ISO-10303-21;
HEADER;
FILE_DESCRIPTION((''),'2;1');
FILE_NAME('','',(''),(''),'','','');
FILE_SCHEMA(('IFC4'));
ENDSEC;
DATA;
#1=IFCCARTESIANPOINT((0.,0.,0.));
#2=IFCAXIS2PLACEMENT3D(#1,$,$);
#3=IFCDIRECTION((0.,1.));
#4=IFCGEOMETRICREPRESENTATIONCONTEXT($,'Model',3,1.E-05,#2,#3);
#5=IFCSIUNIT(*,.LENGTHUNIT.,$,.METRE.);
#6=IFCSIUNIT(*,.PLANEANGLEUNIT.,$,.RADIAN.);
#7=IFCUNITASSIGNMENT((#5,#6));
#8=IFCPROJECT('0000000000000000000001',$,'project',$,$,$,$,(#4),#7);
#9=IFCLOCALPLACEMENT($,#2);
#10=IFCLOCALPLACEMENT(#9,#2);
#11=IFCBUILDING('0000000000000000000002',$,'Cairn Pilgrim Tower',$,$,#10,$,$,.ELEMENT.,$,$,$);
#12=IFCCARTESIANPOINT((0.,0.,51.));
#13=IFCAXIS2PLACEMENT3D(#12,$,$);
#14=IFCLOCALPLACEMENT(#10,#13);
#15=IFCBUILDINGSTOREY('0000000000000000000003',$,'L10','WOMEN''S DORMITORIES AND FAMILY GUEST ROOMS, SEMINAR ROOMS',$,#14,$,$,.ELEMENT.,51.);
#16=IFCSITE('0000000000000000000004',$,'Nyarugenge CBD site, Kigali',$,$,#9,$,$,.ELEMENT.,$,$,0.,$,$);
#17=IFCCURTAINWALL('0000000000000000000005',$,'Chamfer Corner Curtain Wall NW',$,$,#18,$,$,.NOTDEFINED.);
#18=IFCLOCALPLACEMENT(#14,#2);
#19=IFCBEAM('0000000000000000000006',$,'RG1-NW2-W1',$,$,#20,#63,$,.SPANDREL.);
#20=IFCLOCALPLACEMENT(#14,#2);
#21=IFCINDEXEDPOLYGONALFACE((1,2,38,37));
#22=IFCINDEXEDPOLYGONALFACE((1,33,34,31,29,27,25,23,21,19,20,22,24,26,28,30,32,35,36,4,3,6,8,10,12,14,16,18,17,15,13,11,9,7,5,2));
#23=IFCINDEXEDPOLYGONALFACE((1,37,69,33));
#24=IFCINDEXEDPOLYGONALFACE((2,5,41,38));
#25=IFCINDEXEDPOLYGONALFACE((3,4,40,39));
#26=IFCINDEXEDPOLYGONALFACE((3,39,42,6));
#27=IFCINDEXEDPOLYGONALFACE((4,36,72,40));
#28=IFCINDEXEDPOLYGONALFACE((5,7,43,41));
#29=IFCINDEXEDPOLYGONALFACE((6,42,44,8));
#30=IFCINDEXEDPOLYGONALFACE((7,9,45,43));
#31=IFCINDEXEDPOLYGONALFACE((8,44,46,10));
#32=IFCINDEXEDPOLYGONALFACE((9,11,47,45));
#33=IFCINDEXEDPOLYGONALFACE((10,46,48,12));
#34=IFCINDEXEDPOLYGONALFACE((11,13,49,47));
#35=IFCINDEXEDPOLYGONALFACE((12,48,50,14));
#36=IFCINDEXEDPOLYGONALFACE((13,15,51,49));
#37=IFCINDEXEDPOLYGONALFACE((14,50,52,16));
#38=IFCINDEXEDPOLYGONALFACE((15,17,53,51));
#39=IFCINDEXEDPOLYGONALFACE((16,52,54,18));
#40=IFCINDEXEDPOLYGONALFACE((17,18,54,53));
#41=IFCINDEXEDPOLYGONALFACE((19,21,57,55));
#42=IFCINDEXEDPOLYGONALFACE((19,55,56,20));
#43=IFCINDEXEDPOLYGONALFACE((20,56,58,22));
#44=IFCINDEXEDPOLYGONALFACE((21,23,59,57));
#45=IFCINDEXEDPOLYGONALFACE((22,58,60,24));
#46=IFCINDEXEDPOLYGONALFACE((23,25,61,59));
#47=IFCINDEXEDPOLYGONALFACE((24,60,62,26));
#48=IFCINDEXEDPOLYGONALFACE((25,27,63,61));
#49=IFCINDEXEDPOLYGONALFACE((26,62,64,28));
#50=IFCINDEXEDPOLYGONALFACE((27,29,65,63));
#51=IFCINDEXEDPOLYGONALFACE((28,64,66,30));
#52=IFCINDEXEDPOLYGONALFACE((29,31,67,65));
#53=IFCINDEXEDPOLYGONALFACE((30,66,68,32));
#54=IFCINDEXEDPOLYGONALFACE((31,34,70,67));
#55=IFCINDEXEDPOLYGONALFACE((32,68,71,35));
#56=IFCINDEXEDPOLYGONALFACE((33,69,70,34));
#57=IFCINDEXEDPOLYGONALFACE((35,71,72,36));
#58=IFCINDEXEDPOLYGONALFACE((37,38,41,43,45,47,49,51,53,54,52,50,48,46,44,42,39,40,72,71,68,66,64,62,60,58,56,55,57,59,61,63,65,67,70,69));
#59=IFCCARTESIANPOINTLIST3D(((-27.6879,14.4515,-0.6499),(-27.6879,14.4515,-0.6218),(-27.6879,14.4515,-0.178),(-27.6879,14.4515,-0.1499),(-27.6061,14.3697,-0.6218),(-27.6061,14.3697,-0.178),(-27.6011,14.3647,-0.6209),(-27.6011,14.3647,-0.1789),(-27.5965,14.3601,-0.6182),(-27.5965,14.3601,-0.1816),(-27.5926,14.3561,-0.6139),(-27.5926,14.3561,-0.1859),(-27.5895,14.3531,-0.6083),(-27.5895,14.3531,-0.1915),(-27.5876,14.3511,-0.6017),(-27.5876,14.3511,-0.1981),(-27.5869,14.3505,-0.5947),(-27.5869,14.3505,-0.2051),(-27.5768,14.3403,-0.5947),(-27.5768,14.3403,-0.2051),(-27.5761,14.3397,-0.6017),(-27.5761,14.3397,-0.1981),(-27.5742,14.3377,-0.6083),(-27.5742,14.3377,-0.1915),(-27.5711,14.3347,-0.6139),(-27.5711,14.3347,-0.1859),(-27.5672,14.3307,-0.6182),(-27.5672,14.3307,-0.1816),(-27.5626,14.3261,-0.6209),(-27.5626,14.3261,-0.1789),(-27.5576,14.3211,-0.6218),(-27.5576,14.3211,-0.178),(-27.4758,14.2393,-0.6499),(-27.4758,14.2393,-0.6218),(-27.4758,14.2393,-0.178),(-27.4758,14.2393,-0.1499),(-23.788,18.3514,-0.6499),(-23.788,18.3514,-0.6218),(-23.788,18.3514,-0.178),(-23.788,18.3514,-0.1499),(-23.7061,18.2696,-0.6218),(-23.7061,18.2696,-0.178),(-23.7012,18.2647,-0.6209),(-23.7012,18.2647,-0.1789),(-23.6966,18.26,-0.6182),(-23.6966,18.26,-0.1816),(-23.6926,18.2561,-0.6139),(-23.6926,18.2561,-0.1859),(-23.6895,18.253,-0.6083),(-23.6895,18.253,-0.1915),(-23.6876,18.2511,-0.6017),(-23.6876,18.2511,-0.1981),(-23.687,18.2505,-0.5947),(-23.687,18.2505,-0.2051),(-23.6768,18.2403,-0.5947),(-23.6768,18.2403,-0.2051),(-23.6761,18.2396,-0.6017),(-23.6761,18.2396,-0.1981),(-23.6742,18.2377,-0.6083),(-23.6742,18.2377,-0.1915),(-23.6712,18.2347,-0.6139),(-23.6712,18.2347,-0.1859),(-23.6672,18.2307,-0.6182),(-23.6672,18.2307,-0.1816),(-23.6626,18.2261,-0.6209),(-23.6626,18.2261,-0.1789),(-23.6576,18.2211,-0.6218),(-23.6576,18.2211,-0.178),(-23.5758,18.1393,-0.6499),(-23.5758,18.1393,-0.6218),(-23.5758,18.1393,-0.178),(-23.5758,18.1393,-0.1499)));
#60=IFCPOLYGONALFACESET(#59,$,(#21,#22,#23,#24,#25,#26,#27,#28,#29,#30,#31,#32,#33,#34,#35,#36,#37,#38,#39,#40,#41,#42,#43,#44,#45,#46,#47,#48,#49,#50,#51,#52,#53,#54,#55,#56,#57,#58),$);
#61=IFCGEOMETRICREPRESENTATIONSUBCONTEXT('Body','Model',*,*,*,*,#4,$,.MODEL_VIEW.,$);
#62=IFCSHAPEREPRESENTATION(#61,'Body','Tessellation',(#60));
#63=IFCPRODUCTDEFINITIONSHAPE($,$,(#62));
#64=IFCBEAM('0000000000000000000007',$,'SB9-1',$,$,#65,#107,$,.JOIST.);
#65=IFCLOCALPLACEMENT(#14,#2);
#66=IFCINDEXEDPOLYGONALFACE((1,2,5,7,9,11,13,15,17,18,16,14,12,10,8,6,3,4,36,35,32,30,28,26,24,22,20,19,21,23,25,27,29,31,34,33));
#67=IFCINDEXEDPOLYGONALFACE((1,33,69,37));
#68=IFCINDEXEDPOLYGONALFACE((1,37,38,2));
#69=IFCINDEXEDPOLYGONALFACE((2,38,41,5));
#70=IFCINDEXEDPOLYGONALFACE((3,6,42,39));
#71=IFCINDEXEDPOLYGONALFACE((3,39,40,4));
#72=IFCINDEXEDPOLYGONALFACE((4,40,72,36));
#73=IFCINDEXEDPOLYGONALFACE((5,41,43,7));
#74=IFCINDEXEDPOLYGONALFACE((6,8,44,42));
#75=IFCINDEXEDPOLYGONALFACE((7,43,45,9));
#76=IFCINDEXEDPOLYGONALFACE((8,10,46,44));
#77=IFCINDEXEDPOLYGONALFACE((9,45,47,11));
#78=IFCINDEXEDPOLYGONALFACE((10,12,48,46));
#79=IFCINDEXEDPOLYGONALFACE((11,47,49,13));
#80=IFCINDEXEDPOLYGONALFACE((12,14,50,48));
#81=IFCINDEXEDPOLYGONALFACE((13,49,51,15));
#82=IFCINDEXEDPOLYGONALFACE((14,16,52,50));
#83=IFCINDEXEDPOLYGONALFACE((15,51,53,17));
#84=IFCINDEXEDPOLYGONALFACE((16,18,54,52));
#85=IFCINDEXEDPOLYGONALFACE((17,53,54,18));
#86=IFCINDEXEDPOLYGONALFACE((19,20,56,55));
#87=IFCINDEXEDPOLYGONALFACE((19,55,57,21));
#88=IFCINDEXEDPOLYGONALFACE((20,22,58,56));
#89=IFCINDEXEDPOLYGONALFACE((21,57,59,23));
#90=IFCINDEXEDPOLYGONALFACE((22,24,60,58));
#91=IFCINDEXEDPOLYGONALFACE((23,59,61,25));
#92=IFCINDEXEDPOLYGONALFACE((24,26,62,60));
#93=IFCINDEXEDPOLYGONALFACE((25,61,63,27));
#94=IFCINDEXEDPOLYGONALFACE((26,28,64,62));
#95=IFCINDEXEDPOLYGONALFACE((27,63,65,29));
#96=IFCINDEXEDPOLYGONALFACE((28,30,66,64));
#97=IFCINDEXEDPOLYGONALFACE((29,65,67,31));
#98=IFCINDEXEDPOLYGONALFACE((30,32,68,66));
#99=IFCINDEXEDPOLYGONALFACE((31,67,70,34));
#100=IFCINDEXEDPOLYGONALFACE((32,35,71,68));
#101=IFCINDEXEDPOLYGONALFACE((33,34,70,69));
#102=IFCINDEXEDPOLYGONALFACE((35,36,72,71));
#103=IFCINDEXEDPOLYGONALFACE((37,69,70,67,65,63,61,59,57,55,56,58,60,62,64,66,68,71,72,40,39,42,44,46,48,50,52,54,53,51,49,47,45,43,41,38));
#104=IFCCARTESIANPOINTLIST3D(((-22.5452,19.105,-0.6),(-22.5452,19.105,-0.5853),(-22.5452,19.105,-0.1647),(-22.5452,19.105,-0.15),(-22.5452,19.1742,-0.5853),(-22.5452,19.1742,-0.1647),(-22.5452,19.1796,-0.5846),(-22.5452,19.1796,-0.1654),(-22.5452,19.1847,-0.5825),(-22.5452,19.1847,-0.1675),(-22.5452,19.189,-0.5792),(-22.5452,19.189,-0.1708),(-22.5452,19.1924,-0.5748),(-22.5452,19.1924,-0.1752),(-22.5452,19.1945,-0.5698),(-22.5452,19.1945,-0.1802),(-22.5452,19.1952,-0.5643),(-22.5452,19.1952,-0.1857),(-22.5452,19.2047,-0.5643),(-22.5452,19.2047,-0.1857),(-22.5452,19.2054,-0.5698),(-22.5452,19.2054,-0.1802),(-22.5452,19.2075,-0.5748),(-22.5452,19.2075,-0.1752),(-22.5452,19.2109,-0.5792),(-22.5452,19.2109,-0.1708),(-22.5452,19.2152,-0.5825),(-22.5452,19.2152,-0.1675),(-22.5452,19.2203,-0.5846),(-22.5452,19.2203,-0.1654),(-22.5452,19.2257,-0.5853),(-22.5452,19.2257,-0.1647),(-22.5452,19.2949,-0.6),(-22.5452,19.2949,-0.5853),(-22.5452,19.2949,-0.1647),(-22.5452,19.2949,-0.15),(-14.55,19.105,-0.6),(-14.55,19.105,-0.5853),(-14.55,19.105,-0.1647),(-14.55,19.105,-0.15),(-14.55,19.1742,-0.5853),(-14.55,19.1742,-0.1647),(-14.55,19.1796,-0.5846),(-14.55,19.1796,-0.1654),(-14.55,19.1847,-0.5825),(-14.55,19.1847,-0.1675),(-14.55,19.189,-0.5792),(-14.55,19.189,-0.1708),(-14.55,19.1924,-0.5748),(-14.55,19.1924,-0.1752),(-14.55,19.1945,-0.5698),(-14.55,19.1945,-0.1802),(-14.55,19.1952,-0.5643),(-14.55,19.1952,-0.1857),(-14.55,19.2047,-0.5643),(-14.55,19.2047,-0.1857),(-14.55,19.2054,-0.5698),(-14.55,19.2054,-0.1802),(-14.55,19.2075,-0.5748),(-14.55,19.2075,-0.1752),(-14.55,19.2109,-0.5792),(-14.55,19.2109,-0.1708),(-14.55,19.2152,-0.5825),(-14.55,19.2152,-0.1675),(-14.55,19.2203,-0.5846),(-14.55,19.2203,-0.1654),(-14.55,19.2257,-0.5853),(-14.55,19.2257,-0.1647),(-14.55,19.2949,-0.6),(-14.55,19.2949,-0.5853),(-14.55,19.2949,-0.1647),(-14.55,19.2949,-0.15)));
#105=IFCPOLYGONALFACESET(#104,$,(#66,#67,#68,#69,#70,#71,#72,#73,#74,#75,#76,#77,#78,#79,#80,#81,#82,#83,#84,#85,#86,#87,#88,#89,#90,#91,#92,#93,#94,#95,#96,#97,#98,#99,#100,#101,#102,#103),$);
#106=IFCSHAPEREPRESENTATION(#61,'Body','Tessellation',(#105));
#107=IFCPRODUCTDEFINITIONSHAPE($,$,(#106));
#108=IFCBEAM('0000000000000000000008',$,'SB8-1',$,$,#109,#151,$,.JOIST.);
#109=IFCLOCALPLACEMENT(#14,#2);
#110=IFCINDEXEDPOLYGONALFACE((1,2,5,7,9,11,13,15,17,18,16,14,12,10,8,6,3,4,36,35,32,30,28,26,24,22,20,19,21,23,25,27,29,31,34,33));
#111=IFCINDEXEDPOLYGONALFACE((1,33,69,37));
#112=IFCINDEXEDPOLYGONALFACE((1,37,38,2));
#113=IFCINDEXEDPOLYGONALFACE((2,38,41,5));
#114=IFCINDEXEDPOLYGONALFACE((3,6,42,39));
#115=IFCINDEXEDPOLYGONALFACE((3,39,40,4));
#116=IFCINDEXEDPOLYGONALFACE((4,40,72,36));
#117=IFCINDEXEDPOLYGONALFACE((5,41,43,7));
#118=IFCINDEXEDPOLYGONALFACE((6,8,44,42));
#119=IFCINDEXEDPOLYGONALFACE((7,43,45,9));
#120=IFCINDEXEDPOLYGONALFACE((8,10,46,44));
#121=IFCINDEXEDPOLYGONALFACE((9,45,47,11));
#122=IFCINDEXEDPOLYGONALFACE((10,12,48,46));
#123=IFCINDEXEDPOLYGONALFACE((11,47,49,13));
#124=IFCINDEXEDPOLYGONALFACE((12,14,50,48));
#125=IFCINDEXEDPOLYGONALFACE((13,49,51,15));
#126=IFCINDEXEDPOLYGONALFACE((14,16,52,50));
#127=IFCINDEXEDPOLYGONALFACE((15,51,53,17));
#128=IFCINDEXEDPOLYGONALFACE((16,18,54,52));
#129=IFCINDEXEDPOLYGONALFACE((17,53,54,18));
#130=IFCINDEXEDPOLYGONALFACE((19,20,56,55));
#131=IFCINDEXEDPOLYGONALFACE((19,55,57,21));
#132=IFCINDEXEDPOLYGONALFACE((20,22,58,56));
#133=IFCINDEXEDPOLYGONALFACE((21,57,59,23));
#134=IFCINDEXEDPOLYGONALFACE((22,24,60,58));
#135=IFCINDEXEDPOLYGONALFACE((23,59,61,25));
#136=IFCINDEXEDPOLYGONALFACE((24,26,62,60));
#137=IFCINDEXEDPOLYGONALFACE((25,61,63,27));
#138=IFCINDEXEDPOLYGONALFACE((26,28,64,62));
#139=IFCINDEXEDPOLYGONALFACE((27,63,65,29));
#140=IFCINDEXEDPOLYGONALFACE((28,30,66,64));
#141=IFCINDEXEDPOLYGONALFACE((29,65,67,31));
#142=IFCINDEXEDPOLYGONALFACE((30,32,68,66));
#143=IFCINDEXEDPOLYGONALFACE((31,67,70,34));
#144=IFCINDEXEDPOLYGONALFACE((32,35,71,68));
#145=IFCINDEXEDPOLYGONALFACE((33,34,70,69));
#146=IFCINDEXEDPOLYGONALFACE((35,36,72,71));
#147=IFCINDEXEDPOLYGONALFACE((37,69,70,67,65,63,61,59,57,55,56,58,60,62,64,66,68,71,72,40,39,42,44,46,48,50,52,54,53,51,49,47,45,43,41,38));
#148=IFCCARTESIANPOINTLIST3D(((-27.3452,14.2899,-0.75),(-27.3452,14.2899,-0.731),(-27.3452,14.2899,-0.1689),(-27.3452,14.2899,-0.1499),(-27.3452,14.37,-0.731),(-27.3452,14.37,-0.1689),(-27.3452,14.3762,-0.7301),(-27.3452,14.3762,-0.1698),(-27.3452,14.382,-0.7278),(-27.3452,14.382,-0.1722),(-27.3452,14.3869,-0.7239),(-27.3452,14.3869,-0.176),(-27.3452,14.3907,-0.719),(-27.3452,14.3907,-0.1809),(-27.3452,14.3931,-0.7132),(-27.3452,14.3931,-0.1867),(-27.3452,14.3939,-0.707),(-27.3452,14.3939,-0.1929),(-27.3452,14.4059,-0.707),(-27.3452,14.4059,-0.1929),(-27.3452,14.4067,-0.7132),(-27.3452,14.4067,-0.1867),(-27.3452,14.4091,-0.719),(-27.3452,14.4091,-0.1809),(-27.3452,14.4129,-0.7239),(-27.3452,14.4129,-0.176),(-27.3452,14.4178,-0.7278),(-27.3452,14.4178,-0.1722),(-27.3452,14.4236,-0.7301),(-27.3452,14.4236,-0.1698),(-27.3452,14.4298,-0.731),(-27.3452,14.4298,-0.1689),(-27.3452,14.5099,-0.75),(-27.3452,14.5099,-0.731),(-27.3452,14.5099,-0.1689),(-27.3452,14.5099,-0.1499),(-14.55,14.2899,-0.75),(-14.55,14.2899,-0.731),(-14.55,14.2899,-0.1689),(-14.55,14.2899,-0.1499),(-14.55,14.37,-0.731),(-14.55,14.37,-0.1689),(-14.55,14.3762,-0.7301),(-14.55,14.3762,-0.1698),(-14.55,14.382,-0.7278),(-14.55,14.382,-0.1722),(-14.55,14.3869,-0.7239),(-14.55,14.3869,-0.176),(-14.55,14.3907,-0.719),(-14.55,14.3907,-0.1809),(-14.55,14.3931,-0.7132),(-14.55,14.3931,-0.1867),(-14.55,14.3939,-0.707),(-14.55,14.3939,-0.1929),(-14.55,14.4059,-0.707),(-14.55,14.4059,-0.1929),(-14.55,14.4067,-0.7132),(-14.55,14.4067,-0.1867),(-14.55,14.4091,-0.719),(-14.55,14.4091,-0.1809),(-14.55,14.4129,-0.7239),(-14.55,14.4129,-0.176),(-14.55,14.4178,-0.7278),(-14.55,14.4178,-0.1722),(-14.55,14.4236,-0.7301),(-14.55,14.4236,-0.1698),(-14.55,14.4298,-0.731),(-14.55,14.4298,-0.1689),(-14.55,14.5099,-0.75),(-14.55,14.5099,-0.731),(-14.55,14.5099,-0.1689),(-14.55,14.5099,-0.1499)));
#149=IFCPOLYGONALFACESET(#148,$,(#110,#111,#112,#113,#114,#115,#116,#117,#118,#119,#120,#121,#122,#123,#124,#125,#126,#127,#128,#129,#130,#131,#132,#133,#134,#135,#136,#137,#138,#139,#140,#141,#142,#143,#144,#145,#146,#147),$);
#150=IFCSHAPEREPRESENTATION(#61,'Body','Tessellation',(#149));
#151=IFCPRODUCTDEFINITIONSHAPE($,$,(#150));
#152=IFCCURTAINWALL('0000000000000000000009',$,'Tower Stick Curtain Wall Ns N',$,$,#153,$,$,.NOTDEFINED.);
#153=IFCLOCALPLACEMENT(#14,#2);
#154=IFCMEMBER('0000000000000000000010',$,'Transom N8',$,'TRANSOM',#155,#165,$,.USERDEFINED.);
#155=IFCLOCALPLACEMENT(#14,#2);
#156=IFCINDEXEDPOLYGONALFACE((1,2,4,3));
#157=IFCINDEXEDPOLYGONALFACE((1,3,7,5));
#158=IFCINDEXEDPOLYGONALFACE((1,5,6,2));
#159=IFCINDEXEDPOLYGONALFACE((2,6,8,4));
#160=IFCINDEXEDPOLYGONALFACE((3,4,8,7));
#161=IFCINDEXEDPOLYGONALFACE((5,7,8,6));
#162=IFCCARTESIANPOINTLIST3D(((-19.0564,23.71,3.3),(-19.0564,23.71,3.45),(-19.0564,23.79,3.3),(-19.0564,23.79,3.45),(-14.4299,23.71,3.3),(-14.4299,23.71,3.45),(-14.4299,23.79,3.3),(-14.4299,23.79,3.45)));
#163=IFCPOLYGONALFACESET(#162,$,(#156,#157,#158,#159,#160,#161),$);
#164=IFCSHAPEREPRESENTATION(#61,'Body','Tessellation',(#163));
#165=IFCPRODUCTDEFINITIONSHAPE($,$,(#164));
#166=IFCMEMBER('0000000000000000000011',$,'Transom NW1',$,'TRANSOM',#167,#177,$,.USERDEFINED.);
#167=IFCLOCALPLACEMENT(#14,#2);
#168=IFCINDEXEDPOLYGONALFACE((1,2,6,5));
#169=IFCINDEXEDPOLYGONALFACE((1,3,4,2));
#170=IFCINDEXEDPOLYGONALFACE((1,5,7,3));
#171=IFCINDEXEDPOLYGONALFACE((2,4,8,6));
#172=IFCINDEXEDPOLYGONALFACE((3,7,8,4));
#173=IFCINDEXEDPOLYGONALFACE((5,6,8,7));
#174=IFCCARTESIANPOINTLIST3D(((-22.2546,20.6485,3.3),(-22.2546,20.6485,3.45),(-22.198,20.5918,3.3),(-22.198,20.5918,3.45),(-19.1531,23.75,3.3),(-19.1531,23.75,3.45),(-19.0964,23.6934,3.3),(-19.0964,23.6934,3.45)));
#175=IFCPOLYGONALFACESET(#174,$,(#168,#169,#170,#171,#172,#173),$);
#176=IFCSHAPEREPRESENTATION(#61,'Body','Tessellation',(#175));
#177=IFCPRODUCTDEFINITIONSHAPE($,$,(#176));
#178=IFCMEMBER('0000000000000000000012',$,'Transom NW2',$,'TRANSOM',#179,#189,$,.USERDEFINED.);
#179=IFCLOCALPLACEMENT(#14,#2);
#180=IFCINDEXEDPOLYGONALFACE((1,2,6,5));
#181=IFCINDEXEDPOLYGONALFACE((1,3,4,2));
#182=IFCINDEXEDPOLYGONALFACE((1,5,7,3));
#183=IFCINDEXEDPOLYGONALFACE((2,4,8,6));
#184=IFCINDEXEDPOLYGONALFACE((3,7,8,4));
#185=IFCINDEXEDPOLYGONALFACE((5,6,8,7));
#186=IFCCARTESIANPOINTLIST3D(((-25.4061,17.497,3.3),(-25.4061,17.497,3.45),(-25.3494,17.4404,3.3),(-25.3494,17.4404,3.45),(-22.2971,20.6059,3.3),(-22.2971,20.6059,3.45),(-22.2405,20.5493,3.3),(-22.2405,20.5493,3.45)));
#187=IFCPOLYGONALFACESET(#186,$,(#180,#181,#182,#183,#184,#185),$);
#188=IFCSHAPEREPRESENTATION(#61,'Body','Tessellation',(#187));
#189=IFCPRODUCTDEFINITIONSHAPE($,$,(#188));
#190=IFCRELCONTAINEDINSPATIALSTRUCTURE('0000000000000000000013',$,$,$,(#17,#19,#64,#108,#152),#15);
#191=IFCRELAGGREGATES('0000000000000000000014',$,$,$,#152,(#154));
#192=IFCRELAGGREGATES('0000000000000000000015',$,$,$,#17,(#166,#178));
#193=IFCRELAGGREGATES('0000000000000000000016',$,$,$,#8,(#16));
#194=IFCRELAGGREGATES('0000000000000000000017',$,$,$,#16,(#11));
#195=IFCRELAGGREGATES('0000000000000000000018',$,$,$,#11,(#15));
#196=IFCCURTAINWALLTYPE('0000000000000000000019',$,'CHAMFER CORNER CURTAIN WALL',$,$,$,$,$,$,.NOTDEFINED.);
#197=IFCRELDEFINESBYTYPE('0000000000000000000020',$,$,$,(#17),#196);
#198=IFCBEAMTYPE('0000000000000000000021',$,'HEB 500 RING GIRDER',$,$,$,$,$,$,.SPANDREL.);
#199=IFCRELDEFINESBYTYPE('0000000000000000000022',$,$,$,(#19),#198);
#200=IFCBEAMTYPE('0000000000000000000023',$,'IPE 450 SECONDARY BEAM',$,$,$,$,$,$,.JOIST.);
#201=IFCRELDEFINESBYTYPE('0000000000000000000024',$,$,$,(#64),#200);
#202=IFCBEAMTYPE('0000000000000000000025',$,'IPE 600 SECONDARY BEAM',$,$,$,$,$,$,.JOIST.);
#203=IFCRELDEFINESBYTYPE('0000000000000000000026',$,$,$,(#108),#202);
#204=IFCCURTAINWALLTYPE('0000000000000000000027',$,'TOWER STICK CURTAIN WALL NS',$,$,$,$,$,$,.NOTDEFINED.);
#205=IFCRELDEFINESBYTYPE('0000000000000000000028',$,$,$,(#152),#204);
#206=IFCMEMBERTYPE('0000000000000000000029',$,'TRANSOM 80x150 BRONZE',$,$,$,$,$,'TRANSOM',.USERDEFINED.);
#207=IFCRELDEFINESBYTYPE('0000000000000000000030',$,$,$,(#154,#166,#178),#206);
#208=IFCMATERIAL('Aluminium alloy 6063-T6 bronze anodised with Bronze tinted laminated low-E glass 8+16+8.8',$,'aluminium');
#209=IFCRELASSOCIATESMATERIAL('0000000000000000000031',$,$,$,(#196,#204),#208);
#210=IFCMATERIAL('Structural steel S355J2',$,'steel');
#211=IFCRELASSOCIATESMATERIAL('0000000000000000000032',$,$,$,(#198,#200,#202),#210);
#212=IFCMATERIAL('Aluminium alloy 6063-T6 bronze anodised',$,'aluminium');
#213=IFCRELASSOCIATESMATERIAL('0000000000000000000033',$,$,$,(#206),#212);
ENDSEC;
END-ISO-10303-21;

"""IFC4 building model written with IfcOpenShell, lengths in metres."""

from ifc_helpers import new_model, si_unit, direction, frame, origin, origin_2d, place, context, subcontext, project, spatial, rectangle, i_section, extrude, material, material_profile, profile_set, type_object, element, aggregate, save


model = new_model("IFC4")

# Units and contexts
model_context = context("Model", 3, precision=1e-05, world=origin(), true_north=direction((0.0, 1.0)))
body_context = subcontext(model_context, "Body", "Model", "MODEL_VIEW")
ifc_project = project(units=[si_unit("LENGTHUNIT", "METRE"), si_unit("PLANEANGLEUNIT", "RADIAN")], contexts=[model_context])

# Site, building, storey
site_placement = place(None, origin())
site = spatial("IfcSite", under=ifc_project, at=site_placement, Name="Nyarugenge CBD site, Kigali", CompositionType="ELEMENT", RefElevation=0.0)
building_placement = place(site_placement, origin())
building = spatial("IfcBuilding", under=site, at=building_placement, Name="Cairn Pilgrim Tower", CompositionType="ELEMENT")
storey_placement = place(building_placement, frame((0.0, 0.0, 51.0)))
storey = spatial("IfcBuildingStorey", under=building, at=storey_placement, Name="L10", Description="WOMEN'S DORMITORIES AND FAMILY GUEST ROOMS, SEMINAR ROOMS", CompositionType="ELEMENT", Elevation=51.0)

# Shared definitions
ifc_material_1 = material(Name="Structural steel S355J2", Category="steel")

# Curtain wall
ifc_material_2 = material(Name="Aluminium alloy 6063-T6 bronze anodised with Bronze tinted laminated low-E glass 8+16+8.8", Category="aluminium")
curtain_wall_type_1 = type_object("IfcCurtainWallType", Name="CHAMFER CORNER CURTAIN WALL", PredefinedType="NOTDEFINED", material=ifc_material_2)
curtain_wall_1_placement = place(storey_placement, origin())
curtain_wall_1 = element("IfcCurtainWall", 1, at=curtain_wall_1_placement, inside=storey, type_object=curtain_wall_type_1, Name="Chamfer Corner Curtain Wall NW", PredefinedType="NOTDEFINED")
ifc_material_3 = material(Name="Aluminium alloy 6063-T6 bronze anodised", Category="aluminium")

# Beams
ifc_material_profile_1 = material_profile(ifc_material_1, i_section(OverallWidth=0.3, OverallDepth=0.5, WebThickness=0.0144, FlangeThickness=0.0281, FilletRadius=0.0271, at=origin_2d()), Name="HEB 500")
ifc_profile_set_1 = profile_set([ifc_material_profile_1], Name="Structural steel S355J2")
beam_type_1 = type_object("IfcBeamType", Name="HEB 500 RING GIRDER", PredefinedType="SPANDREL", material=ifc_profile_set_1)
beam_1_placement = place(storey_placement, frame((-23.6819, 18.2454, -0.3999), z_axis=(-0.707107, -0.707107, 0.0), x_axis=(0.707107, -0.707107, 0.0)))
element("IfcBeam", 2, at=beam_1_placement, inside=storey, type_object=beam_type_1, Name="RG1-NW2-W1", PredefinedType="SPANDREL", context=body_context, shape_type="SweptSolid", body=[
    extrude(i_section(OverallWidth=0.3, OverallDepth=0.5, WebThickness=0.0144, FlangeThickness=0.0281, FilletRadius=0.0271, at=origin_2d()), origin(), (0.0, 0.0, 1.0), 5.5154),
])
ifc_material_profile_2 = material_profile(ifc_material_1, i_section(OverallWidth=0.1899, OverallDepth=0.45, WebThickness=0.0095, FlangeThickness=0.0146, FilletRadius=0.021, at=origin_2d()), Name="IPE 450")
ifc_profile_set_2 = profile_set([ifc_material_profile_2], Name="Structural steel S355J2")
beam_type_2 = type_object("IfcBeamType", Name="IPE 450 SECONDARY BEAM", PredefinedType="JOIST", material=ifc_profile_set_2)
beam_2_placement = place(storey_placement, frame((-22.5452, 19.2, -0.375), z_axis=(1.0, 0.0, 0.0), x_axis=(0.0, 1.0, 0.0)))
element("IfcBeam", 3, at=beam_2_placement, inside=storey, type_object=beam_type_2, Name="SB9-1", PredefinedType="JOIST", context=body_context, shape_type="SweptSolid", body=[
    extrude(i_section(OverallWidth=0.1899, OverallDepth=0.45, WebThickness=0.0095, FlangeThickness=0.0146, FilletRadius=0.021, at=origin_2d()), origin(), (0.0, 0.0, 1.0), 7.9951),
])
ifc_material_profile_3 = material_profile(ifc_material_1, i_section(OverallWidth=0.22, OverallDepth=0.6001, WebThickness=0.012, FlangeThickness=0.019, FilletRadius=0.0239, at=origin_2d()), Name="IPE 600")
ifc_profile_set_3 = profile_set([ifc_material_profile_3], Name="Structural steel S355J2")
beam_type_3 = type_object("IfcBeamType", Name="IPE 600 SECONDARY BEAM", PredefinedType="JOIST", material=ifc_profile_set_3)
beam_3_placement = place(storey_placement, frame((-27.3452, 14.3999, -0.45), z_axis=(1.0, 0.0, 0.0), x_axis=(0.0, 1.0, 0.0)))
element("IfcBeam", 4, at=beam_3_placement, inside=storey, type_object=beam_type_3, Name="SB8-1", PredefinedType="JOIST", context=body_context, shape_type="SweptSolid", body=[
    extrude(i_section(OverallWidth=0.22, OverallDepth=0.6001, WebThickness=0.012, FlangeThickness=0.019, FilletRadius=0.0239, at=origin_2d()), origin(), (0.0, 0.0, 1.0), 12.7952),
])

# Curtain wall, member
curtain_wall_type_2 = type_object("IfcCurtainWallType", Name="TOWER STICK CURTAIN WALL NS", PredefinedType="NOTDEFINED", material=ifc_material_2)
curtain_wall_2_placement = place(storey_placement, origin())
curtain_wall_2 = element("IfcCurtainWall", 5, at=curtain_wall_2_placement, inside=storey, type_object=curtain_wall_type_2, Name="Tower Stick Curtain Wall Ns N", PredefinedType="NOTDEFINED")
ifc_material_profile_4 = material_profile(ifc_material_3, rectangle(XDim=0.0801, YDim=0.1499, at=origin_2d()), Name="TRANSOM 80x150 BRONZE")
ifc_profile_set_4 = profile_set([ifc_material_profile_4], Name="Aluminium alloy 6063-T6 bronze anodised")
member_type_1 = type_object("IfcMemberType", Name="TRANSOM 80x150 BRONZE", ElementType="TRANSOM", PredefinedType="USERDEFINED", material=ifc_profile_set_4)
member_1_placement = place(storey_placement, frame((-14.4299, 23.75, 3.375), z_axis=(-1.0, 0.0, 0.0), x_axis=(0.0, -1.0, 0.0)))
member_1 = element("IfcMember", 6, at=member_1_placement, type_object=member_type_1, Name="Transom N8", ObjectType="TRANSOM", PredefinedType="USERDEFINED", context=body_context, shape_type="SweptSolid", body=[
    extrude(rectangle(XDim=0.0801, YDim=0.1499, at=origin_2d()), origin(), (0.0, 0.0, 1.0), 4.6265),
])

# Members
member_2_placement = place(storey_placement, frame((-19.1248, 23.7217, 3.375), z_axis=(-0.707107, -0.707107, 0.0), x_axis=(0.707107, -0.707107, 0.0)))
member_2 = element("IfcMember", 7, at=member_2_placement, type_object=member_type_1, Name="Transom NW1", ObjectType="TRANSOM", PredefinedType="USERDEFINED", context=body_context, shape_type="SweptSolid", body=[
    extrude(rectangle(XDim=0.0801, YDim=0.1499, at=origin_2d()), origin(), (0.0, 0.0, 1.0), 4.3862),
])
member_3_placement = place(storey_placement, frame((-22.2688, 20.5776, 3.375), z_axis=(-0.707107, -0.707107, 0.0), x_axis=(0.707107, -0.707107, 0.0)))
member_3 = element("IfcMember", 8, at=member_3_placement, type_object=member_type_1, Name="Transom NW2", ObjectType="TRANSOM", PredefinedType="USERDEFINED", context=body_context, shape_type="SweptSolid", body=[
    extrude(rectangle(XDim=0.0801, YDim=0.1499, at=origin_2d()), origin(), (0.0, 0.0, 1.0), 4.3967),
])

aggregate(curtain_wall_2, [member_1])
aggregate(curtain_wall_1, [member_2, member_3])

save(model, "model.ifc")
